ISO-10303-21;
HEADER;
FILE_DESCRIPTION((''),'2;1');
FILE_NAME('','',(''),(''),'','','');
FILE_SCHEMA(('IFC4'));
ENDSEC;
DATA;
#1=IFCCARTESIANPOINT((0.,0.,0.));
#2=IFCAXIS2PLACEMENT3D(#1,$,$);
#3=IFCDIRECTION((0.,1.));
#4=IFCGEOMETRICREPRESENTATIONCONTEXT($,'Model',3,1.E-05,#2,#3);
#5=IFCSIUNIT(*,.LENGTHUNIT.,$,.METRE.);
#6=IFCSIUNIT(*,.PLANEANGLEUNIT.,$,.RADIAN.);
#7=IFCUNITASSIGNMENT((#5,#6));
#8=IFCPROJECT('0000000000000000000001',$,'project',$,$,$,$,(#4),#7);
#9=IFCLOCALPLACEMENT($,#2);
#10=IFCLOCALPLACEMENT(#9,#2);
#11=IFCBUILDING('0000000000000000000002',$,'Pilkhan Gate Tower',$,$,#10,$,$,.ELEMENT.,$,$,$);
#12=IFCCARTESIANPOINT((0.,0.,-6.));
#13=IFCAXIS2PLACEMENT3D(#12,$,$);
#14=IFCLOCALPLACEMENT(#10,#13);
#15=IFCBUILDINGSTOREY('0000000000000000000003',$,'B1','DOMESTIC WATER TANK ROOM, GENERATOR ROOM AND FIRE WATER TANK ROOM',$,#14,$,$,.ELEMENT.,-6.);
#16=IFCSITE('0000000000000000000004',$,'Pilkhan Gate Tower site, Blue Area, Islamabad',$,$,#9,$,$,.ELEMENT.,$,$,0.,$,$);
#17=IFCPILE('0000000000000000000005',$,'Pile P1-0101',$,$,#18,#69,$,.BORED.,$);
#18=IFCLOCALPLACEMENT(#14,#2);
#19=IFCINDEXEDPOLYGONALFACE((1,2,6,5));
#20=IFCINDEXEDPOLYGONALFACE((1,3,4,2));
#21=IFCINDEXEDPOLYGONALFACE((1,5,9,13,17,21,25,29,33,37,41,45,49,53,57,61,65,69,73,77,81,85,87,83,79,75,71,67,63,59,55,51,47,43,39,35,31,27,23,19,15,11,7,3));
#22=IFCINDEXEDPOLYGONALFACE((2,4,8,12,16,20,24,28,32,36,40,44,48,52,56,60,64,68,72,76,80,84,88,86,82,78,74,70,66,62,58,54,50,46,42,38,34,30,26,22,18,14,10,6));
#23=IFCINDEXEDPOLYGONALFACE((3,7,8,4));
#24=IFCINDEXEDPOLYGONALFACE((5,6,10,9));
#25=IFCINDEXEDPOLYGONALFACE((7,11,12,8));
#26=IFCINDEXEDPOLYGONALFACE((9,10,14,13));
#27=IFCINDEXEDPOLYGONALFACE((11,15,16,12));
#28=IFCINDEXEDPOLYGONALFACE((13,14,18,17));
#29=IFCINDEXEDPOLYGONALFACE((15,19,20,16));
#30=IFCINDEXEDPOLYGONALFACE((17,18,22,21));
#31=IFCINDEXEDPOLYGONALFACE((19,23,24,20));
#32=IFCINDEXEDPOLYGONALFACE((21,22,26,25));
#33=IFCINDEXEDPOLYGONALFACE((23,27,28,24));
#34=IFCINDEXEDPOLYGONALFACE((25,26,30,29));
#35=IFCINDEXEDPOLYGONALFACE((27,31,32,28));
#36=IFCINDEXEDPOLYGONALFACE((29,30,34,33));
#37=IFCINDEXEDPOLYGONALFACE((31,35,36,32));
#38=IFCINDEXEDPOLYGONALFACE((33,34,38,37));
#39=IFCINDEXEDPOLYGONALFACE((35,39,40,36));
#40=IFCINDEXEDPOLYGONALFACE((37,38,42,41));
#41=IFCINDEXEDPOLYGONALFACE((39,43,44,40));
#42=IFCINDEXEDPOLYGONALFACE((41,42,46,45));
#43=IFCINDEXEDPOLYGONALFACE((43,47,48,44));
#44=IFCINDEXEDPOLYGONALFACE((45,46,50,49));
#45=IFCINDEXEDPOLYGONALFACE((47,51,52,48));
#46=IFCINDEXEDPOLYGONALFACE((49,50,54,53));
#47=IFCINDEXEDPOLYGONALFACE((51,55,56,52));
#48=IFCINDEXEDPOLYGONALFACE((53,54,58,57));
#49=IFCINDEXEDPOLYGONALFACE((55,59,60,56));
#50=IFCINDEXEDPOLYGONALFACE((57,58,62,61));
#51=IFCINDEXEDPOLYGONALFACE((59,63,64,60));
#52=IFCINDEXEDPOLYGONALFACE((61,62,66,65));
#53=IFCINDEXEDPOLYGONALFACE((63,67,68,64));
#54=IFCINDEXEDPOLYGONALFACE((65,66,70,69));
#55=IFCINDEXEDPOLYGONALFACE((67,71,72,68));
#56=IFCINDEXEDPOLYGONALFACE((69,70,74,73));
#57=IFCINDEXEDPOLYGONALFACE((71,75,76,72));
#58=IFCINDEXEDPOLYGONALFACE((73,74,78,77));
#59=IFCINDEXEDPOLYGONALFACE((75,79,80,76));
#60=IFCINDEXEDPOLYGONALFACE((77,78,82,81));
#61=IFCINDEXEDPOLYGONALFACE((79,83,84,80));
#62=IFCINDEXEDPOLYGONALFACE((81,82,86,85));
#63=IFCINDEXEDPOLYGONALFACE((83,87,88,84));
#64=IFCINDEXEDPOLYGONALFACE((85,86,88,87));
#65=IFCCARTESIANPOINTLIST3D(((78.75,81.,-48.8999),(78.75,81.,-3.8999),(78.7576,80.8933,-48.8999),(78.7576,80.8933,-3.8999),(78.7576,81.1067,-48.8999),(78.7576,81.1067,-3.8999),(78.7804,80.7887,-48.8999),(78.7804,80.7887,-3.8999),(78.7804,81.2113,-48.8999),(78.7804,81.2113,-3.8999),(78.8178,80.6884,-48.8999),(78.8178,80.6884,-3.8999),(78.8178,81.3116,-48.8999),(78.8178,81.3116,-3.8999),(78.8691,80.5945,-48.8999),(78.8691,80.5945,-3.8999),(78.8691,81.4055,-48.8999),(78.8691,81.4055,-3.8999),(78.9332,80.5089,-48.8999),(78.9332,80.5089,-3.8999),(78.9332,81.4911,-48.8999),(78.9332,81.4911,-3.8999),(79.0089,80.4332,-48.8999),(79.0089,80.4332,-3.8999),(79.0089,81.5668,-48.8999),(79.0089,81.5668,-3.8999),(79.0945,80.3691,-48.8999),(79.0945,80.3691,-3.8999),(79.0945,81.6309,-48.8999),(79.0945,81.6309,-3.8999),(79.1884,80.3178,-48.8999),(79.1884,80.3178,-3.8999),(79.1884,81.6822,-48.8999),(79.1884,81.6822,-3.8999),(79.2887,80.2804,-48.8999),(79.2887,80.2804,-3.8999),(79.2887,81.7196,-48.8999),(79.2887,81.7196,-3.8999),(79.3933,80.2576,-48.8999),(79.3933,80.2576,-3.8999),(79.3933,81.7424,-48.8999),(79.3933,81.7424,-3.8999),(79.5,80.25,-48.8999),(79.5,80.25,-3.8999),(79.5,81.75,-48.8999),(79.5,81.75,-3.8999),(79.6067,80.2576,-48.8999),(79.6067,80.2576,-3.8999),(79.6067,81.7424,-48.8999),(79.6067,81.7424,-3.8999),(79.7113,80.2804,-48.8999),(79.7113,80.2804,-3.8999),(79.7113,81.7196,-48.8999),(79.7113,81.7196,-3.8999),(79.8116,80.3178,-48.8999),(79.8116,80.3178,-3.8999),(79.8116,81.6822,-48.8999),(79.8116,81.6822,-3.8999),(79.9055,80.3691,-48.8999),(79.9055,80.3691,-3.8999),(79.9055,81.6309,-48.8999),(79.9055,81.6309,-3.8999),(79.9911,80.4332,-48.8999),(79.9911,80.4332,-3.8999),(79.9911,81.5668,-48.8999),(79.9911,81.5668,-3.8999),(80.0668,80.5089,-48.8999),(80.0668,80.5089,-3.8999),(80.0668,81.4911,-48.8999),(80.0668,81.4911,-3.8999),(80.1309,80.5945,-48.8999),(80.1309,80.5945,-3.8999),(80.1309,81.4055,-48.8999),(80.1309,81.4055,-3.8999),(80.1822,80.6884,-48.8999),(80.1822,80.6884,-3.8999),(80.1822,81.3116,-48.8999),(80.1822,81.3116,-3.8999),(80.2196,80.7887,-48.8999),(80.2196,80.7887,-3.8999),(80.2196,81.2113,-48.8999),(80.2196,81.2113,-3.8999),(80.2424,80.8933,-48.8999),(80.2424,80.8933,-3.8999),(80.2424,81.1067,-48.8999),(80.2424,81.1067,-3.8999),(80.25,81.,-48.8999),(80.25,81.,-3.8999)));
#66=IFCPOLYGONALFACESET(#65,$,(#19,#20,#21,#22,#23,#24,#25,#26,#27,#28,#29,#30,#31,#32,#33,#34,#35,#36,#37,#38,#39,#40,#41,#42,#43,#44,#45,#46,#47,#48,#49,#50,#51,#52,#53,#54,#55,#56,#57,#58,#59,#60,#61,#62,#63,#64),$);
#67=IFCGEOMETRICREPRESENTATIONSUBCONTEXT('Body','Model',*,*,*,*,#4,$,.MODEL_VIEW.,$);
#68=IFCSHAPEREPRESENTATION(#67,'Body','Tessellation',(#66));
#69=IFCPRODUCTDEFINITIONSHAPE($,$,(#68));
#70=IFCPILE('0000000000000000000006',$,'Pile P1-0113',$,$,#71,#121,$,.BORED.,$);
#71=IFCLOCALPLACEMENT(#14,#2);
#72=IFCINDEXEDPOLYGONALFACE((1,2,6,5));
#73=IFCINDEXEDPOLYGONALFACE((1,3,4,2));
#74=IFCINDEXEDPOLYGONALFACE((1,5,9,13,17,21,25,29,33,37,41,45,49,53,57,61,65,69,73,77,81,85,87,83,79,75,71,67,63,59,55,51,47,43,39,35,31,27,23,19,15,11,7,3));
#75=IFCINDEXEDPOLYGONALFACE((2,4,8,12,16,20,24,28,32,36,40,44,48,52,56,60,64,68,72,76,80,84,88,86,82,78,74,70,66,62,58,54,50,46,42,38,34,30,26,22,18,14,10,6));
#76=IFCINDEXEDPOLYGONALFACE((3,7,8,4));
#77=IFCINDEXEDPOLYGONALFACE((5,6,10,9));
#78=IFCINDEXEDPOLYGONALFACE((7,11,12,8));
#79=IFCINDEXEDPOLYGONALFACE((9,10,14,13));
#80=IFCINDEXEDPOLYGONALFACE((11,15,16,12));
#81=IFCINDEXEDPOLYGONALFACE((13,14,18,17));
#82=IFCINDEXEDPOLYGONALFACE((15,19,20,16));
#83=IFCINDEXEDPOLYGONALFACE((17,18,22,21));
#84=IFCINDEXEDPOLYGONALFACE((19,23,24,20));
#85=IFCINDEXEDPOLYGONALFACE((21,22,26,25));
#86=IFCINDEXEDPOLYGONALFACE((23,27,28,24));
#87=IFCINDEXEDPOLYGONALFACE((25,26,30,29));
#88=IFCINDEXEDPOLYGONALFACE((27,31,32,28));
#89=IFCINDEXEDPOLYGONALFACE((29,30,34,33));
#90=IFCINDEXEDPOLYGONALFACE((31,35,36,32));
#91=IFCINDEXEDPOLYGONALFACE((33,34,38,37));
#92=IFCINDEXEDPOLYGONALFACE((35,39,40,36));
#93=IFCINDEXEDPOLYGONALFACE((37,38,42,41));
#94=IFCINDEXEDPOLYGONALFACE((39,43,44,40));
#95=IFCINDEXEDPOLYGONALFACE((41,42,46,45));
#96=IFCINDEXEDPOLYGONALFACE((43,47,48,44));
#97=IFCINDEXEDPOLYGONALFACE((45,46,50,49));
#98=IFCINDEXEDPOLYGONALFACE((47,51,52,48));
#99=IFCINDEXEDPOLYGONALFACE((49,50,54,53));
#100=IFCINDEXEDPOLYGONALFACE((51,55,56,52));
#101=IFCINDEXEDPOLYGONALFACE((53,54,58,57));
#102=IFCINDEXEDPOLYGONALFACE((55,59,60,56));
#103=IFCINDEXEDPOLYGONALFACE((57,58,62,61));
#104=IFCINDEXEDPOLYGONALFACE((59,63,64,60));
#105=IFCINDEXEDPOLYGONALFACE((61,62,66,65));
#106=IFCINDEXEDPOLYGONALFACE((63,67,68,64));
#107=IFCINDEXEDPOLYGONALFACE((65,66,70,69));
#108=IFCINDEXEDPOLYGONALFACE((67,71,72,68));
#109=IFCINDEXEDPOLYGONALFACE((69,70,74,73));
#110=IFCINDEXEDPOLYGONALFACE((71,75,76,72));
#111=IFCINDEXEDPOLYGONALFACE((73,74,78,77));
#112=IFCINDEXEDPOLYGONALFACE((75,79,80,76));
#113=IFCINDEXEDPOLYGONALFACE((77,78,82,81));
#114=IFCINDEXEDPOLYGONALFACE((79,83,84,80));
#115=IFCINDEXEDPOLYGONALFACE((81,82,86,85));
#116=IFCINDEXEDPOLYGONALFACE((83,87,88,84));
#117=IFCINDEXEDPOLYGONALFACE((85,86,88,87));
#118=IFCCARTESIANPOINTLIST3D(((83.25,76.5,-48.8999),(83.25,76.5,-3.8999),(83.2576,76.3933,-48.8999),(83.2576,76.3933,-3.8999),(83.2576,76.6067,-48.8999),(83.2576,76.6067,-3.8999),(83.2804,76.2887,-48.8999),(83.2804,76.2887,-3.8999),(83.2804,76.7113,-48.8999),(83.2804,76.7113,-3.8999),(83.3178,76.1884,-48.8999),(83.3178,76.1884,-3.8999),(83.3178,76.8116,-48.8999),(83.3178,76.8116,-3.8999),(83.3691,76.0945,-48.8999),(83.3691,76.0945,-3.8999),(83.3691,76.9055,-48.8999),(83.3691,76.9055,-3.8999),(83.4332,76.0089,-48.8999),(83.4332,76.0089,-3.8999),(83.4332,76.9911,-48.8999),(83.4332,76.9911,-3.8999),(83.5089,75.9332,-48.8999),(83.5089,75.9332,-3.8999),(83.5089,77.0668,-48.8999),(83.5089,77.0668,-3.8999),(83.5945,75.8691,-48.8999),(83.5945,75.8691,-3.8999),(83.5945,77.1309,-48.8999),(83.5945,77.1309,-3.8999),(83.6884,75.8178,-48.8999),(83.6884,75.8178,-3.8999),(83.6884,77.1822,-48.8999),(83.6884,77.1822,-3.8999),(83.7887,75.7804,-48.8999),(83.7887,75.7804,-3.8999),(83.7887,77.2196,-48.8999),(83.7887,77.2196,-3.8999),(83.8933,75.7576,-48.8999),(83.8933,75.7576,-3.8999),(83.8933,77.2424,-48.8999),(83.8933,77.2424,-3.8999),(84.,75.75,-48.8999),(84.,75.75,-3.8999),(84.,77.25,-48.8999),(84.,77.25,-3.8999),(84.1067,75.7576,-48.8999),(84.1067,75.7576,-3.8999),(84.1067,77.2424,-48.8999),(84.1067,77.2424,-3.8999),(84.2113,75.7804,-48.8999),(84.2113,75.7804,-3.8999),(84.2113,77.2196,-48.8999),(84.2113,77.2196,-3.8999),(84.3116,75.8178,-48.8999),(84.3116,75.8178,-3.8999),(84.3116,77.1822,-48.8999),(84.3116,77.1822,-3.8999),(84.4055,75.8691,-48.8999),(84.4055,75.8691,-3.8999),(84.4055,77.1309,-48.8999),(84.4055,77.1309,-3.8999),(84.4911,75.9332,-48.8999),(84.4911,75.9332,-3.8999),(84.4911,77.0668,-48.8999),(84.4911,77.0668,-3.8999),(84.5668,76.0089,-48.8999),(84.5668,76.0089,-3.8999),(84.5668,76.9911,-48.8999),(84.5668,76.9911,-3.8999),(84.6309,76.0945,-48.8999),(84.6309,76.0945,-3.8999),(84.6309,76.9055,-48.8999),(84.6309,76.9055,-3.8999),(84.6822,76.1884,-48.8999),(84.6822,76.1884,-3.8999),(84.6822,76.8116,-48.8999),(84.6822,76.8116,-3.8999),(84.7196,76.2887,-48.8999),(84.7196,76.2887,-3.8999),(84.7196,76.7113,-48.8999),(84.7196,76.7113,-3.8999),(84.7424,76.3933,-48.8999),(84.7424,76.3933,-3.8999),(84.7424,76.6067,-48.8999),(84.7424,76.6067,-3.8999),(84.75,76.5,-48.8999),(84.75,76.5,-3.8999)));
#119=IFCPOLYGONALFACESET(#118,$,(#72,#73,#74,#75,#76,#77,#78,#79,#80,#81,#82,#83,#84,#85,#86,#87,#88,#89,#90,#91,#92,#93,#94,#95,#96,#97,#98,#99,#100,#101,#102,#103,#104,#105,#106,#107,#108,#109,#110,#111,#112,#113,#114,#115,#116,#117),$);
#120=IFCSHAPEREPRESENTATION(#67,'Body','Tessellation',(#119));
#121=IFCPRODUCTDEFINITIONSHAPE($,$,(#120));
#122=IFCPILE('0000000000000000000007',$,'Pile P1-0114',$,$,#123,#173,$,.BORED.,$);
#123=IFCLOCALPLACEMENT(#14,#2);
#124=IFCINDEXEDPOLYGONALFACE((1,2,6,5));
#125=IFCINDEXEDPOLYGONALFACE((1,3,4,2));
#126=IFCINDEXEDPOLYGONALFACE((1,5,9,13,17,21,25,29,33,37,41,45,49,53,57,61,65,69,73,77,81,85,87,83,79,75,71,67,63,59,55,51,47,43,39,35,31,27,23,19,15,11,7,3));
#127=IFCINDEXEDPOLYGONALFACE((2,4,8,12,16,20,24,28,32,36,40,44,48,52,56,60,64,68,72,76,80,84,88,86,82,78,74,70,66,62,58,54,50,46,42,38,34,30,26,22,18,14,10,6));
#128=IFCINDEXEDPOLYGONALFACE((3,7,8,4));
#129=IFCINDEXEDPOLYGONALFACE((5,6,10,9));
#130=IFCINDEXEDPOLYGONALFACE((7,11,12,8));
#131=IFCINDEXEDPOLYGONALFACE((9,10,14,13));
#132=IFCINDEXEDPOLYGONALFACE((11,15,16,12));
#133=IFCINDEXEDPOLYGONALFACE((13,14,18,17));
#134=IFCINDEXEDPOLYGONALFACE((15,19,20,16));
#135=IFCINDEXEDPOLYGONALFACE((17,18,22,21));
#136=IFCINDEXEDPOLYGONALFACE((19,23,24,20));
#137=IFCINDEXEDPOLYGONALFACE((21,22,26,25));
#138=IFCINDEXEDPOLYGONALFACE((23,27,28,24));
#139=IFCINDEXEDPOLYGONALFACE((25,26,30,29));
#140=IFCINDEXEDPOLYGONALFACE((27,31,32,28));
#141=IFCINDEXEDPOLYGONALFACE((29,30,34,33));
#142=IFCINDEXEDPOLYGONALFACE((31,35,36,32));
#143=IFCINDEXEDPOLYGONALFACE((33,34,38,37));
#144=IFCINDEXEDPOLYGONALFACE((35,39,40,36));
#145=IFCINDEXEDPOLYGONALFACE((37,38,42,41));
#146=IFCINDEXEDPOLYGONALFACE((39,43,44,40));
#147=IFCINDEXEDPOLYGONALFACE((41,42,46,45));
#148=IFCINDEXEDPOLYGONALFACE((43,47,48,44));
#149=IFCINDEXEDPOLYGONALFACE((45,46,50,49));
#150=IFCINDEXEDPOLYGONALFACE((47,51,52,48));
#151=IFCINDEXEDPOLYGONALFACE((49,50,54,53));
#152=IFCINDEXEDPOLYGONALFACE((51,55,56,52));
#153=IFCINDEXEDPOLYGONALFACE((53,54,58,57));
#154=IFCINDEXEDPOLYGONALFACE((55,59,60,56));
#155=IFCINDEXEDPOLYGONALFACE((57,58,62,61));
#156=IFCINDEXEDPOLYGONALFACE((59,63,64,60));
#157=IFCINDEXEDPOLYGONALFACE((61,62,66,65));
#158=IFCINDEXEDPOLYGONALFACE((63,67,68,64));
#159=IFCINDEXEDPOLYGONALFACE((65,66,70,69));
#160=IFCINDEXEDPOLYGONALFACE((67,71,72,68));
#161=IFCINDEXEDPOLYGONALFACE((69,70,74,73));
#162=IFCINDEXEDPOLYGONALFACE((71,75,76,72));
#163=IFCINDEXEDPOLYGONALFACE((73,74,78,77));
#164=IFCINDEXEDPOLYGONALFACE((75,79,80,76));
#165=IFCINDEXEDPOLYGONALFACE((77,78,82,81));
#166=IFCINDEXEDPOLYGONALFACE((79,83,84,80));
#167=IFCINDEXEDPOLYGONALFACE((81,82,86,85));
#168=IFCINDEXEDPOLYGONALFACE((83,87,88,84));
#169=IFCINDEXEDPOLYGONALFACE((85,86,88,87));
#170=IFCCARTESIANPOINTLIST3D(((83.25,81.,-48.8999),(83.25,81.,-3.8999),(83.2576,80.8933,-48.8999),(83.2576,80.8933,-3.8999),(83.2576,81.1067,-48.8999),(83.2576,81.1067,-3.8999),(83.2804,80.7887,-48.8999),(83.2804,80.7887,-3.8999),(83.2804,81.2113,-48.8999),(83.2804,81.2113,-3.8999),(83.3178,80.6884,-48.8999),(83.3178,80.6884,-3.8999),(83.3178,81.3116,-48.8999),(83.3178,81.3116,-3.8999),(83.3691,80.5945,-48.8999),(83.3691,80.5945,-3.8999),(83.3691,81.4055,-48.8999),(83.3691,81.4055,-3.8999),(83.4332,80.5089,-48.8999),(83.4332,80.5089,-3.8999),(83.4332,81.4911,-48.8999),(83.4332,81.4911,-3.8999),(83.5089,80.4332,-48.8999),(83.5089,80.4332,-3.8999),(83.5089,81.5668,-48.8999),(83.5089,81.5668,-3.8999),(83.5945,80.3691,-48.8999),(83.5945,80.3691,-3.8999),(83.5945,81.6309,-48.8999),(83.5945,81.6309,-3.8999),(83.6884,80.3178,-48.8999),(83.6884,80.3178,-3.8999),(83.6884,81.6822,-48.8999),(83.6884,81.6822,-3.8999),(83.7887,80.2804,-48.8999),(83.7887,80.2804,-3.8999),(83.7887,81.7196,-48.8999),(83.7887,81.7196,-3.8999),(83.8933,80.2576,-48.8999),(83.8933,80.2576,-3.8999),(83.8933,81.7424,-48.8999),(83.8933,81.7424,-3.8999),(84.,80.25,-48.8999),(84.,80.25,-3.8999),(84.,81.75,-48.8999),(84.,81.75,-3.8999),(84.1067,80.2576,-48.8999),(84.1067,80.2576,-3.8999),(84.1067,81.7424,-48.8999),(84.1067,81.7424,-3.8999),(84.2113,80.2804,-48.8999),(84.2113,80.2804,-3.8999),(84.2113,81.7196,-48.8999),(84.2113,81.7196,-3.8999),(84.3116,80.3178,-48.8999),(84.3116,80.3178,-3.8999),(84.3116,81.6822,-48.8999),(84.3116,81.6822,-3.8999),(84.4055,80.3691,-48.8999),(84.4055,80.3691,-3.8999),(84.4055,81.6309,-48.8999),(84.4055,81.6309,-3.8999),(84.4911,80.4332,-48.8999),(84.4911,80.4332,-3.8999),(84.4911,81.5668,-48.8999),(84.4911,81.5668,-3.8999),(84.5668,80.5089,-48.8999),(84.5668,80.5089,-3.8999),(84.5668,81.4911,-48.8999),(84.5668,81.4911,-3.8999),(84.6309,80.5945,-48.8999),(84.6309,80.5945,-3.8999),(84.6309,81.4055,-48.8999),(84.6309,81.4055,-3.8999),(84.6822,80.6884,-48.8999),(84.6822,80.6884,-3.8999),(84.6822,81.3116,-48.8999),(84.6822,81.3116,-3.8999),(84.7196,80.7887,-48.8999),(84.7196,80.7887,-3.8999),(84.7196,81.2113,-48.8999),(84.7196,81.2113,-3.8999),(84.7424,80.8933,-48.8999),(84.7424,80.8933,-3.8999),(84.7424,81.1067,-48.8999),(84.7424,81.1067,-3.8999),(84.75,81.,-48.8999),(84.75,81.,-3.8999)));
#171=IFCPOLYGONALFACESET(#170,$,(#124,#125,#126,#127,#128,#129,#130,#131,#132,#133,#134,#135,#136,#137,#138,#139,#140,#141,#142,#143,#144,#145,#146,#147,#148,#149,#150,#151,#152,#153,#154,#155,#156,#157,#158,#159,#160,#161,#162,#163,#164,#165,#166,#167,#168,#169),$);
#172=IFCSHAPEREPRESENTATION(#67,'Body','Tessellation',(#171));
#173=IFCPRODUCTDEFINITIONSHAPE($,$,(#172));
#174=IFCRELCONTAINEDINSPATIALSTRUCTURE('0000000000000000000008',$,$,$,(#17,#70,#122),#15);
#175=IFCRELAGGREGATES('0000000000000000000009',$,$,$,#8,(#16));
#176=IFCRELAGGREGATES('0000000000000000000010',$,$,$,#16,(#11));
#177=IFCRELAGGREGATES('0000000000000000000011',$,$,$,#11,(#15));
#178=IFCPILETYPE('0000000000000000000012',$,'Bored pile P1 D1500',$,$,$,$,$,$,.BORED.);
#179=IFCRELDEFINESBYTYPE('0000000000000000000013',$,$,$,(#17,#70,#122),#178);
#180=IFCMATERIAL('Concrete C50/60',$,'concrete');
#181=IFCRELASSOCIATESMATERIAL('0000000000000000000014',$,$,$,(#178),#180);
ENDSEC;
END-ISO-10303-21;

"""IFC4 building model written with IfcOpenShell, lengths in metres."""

from ifc_helpers import new_model, si_unit, direction, frame, origin, origin_2d, place, context, subcontext, project, spatial, circle, extrude, material, material_profile, profile_set, type_object, element, save


model = new_model("IFC4")

# Units and contexts
model_context = context("Model", 3, precision=1e-05, world=origin(), true_north=direction((0.0, 1.0)))
body_context = subcontext(model_context, "Body", "Model", "MODEL_VIEW")
ifc_project = project(units=[si_unit("LENGTHUNIT", "METRE"), si_unit("PLANEANGLEUNIT", "RADIAN")], contexts=[model_context])

# Site, building, storey
site_placement = place(None, origin())
site = spatial("IfcSite", under=ifc_project, at=site_placement, Name="Pilkhan Gate Tower site, Blue Area, Islamabad", CompositionType="ELEMENT", RefElevation=0.0)
building_placement = place(site_placement, origin())
building = spatial("IfcBuilding", under=site, at=building_placement, Name="Pilkhan Gate Tower", CompositionType="ELEMENT")
storey_placement = place(building_placement, frame((0.0, 0.0, -6.0)))
storey = spatial("IfcBuildingStorey", under=building, at=storey_placement, Name="B1", Description="DOMESTIC WATER TANK ROOM, GENERATOR ROOM AND FIRE WATER TANK ROOM", CompositionType="ELEMENT", Elevation=-6.0)

# Piles
ifc_material_1 = material(Name="Concrete C50/60", Category="concrete")
ifc_material_profile_1 = material_profile(ifc_material_1, circle(Radius=0.75, at=origin_2d()), Name="Bored pile 1500 dia")
ifc_profile_set_1 = profile_set([ifc_material_profile_1], Name="Concrete C50/60")
pile_type = type_object("IfcPileType", Name="Bored pile P1 D1500", PredefinedType="BORED", material=ifc_profile_set_1)
for number, where, z_axis, x_axis, name in (
    (1, (79.5, 81.0, -3.8999), (0.0, 0.0, -1.0), (1.0, 0.0, 0.0), "Pile P1-0101"),
    (2, (84.0, 76.5, -3.8999), (0.0, 0.0, -1.0), (1.0, 0.0, 0.0), "Pile P1-0113"),
    (3, (84.0, 81.0, -3.8999), (0.0, 0.0, -1.0), (1.0, 0.0, 0.0), "Pile P1-0114"),
):
    element("IfcPile", number, at=place(storey_placement, frame(where, z_axis=z_axis, x_axis=x_axis)), inside=storey, type_object=pile_type, Name=name, PredefinedType="BORED", context=body_context, shape_type="SweptSolid", body=[
        extrude(circle(Radius=0.75, at=origin_2d()), origin(), (0.0, 0.0, 1.0), 45.0),
    ])

save(model, "model.ifc")
